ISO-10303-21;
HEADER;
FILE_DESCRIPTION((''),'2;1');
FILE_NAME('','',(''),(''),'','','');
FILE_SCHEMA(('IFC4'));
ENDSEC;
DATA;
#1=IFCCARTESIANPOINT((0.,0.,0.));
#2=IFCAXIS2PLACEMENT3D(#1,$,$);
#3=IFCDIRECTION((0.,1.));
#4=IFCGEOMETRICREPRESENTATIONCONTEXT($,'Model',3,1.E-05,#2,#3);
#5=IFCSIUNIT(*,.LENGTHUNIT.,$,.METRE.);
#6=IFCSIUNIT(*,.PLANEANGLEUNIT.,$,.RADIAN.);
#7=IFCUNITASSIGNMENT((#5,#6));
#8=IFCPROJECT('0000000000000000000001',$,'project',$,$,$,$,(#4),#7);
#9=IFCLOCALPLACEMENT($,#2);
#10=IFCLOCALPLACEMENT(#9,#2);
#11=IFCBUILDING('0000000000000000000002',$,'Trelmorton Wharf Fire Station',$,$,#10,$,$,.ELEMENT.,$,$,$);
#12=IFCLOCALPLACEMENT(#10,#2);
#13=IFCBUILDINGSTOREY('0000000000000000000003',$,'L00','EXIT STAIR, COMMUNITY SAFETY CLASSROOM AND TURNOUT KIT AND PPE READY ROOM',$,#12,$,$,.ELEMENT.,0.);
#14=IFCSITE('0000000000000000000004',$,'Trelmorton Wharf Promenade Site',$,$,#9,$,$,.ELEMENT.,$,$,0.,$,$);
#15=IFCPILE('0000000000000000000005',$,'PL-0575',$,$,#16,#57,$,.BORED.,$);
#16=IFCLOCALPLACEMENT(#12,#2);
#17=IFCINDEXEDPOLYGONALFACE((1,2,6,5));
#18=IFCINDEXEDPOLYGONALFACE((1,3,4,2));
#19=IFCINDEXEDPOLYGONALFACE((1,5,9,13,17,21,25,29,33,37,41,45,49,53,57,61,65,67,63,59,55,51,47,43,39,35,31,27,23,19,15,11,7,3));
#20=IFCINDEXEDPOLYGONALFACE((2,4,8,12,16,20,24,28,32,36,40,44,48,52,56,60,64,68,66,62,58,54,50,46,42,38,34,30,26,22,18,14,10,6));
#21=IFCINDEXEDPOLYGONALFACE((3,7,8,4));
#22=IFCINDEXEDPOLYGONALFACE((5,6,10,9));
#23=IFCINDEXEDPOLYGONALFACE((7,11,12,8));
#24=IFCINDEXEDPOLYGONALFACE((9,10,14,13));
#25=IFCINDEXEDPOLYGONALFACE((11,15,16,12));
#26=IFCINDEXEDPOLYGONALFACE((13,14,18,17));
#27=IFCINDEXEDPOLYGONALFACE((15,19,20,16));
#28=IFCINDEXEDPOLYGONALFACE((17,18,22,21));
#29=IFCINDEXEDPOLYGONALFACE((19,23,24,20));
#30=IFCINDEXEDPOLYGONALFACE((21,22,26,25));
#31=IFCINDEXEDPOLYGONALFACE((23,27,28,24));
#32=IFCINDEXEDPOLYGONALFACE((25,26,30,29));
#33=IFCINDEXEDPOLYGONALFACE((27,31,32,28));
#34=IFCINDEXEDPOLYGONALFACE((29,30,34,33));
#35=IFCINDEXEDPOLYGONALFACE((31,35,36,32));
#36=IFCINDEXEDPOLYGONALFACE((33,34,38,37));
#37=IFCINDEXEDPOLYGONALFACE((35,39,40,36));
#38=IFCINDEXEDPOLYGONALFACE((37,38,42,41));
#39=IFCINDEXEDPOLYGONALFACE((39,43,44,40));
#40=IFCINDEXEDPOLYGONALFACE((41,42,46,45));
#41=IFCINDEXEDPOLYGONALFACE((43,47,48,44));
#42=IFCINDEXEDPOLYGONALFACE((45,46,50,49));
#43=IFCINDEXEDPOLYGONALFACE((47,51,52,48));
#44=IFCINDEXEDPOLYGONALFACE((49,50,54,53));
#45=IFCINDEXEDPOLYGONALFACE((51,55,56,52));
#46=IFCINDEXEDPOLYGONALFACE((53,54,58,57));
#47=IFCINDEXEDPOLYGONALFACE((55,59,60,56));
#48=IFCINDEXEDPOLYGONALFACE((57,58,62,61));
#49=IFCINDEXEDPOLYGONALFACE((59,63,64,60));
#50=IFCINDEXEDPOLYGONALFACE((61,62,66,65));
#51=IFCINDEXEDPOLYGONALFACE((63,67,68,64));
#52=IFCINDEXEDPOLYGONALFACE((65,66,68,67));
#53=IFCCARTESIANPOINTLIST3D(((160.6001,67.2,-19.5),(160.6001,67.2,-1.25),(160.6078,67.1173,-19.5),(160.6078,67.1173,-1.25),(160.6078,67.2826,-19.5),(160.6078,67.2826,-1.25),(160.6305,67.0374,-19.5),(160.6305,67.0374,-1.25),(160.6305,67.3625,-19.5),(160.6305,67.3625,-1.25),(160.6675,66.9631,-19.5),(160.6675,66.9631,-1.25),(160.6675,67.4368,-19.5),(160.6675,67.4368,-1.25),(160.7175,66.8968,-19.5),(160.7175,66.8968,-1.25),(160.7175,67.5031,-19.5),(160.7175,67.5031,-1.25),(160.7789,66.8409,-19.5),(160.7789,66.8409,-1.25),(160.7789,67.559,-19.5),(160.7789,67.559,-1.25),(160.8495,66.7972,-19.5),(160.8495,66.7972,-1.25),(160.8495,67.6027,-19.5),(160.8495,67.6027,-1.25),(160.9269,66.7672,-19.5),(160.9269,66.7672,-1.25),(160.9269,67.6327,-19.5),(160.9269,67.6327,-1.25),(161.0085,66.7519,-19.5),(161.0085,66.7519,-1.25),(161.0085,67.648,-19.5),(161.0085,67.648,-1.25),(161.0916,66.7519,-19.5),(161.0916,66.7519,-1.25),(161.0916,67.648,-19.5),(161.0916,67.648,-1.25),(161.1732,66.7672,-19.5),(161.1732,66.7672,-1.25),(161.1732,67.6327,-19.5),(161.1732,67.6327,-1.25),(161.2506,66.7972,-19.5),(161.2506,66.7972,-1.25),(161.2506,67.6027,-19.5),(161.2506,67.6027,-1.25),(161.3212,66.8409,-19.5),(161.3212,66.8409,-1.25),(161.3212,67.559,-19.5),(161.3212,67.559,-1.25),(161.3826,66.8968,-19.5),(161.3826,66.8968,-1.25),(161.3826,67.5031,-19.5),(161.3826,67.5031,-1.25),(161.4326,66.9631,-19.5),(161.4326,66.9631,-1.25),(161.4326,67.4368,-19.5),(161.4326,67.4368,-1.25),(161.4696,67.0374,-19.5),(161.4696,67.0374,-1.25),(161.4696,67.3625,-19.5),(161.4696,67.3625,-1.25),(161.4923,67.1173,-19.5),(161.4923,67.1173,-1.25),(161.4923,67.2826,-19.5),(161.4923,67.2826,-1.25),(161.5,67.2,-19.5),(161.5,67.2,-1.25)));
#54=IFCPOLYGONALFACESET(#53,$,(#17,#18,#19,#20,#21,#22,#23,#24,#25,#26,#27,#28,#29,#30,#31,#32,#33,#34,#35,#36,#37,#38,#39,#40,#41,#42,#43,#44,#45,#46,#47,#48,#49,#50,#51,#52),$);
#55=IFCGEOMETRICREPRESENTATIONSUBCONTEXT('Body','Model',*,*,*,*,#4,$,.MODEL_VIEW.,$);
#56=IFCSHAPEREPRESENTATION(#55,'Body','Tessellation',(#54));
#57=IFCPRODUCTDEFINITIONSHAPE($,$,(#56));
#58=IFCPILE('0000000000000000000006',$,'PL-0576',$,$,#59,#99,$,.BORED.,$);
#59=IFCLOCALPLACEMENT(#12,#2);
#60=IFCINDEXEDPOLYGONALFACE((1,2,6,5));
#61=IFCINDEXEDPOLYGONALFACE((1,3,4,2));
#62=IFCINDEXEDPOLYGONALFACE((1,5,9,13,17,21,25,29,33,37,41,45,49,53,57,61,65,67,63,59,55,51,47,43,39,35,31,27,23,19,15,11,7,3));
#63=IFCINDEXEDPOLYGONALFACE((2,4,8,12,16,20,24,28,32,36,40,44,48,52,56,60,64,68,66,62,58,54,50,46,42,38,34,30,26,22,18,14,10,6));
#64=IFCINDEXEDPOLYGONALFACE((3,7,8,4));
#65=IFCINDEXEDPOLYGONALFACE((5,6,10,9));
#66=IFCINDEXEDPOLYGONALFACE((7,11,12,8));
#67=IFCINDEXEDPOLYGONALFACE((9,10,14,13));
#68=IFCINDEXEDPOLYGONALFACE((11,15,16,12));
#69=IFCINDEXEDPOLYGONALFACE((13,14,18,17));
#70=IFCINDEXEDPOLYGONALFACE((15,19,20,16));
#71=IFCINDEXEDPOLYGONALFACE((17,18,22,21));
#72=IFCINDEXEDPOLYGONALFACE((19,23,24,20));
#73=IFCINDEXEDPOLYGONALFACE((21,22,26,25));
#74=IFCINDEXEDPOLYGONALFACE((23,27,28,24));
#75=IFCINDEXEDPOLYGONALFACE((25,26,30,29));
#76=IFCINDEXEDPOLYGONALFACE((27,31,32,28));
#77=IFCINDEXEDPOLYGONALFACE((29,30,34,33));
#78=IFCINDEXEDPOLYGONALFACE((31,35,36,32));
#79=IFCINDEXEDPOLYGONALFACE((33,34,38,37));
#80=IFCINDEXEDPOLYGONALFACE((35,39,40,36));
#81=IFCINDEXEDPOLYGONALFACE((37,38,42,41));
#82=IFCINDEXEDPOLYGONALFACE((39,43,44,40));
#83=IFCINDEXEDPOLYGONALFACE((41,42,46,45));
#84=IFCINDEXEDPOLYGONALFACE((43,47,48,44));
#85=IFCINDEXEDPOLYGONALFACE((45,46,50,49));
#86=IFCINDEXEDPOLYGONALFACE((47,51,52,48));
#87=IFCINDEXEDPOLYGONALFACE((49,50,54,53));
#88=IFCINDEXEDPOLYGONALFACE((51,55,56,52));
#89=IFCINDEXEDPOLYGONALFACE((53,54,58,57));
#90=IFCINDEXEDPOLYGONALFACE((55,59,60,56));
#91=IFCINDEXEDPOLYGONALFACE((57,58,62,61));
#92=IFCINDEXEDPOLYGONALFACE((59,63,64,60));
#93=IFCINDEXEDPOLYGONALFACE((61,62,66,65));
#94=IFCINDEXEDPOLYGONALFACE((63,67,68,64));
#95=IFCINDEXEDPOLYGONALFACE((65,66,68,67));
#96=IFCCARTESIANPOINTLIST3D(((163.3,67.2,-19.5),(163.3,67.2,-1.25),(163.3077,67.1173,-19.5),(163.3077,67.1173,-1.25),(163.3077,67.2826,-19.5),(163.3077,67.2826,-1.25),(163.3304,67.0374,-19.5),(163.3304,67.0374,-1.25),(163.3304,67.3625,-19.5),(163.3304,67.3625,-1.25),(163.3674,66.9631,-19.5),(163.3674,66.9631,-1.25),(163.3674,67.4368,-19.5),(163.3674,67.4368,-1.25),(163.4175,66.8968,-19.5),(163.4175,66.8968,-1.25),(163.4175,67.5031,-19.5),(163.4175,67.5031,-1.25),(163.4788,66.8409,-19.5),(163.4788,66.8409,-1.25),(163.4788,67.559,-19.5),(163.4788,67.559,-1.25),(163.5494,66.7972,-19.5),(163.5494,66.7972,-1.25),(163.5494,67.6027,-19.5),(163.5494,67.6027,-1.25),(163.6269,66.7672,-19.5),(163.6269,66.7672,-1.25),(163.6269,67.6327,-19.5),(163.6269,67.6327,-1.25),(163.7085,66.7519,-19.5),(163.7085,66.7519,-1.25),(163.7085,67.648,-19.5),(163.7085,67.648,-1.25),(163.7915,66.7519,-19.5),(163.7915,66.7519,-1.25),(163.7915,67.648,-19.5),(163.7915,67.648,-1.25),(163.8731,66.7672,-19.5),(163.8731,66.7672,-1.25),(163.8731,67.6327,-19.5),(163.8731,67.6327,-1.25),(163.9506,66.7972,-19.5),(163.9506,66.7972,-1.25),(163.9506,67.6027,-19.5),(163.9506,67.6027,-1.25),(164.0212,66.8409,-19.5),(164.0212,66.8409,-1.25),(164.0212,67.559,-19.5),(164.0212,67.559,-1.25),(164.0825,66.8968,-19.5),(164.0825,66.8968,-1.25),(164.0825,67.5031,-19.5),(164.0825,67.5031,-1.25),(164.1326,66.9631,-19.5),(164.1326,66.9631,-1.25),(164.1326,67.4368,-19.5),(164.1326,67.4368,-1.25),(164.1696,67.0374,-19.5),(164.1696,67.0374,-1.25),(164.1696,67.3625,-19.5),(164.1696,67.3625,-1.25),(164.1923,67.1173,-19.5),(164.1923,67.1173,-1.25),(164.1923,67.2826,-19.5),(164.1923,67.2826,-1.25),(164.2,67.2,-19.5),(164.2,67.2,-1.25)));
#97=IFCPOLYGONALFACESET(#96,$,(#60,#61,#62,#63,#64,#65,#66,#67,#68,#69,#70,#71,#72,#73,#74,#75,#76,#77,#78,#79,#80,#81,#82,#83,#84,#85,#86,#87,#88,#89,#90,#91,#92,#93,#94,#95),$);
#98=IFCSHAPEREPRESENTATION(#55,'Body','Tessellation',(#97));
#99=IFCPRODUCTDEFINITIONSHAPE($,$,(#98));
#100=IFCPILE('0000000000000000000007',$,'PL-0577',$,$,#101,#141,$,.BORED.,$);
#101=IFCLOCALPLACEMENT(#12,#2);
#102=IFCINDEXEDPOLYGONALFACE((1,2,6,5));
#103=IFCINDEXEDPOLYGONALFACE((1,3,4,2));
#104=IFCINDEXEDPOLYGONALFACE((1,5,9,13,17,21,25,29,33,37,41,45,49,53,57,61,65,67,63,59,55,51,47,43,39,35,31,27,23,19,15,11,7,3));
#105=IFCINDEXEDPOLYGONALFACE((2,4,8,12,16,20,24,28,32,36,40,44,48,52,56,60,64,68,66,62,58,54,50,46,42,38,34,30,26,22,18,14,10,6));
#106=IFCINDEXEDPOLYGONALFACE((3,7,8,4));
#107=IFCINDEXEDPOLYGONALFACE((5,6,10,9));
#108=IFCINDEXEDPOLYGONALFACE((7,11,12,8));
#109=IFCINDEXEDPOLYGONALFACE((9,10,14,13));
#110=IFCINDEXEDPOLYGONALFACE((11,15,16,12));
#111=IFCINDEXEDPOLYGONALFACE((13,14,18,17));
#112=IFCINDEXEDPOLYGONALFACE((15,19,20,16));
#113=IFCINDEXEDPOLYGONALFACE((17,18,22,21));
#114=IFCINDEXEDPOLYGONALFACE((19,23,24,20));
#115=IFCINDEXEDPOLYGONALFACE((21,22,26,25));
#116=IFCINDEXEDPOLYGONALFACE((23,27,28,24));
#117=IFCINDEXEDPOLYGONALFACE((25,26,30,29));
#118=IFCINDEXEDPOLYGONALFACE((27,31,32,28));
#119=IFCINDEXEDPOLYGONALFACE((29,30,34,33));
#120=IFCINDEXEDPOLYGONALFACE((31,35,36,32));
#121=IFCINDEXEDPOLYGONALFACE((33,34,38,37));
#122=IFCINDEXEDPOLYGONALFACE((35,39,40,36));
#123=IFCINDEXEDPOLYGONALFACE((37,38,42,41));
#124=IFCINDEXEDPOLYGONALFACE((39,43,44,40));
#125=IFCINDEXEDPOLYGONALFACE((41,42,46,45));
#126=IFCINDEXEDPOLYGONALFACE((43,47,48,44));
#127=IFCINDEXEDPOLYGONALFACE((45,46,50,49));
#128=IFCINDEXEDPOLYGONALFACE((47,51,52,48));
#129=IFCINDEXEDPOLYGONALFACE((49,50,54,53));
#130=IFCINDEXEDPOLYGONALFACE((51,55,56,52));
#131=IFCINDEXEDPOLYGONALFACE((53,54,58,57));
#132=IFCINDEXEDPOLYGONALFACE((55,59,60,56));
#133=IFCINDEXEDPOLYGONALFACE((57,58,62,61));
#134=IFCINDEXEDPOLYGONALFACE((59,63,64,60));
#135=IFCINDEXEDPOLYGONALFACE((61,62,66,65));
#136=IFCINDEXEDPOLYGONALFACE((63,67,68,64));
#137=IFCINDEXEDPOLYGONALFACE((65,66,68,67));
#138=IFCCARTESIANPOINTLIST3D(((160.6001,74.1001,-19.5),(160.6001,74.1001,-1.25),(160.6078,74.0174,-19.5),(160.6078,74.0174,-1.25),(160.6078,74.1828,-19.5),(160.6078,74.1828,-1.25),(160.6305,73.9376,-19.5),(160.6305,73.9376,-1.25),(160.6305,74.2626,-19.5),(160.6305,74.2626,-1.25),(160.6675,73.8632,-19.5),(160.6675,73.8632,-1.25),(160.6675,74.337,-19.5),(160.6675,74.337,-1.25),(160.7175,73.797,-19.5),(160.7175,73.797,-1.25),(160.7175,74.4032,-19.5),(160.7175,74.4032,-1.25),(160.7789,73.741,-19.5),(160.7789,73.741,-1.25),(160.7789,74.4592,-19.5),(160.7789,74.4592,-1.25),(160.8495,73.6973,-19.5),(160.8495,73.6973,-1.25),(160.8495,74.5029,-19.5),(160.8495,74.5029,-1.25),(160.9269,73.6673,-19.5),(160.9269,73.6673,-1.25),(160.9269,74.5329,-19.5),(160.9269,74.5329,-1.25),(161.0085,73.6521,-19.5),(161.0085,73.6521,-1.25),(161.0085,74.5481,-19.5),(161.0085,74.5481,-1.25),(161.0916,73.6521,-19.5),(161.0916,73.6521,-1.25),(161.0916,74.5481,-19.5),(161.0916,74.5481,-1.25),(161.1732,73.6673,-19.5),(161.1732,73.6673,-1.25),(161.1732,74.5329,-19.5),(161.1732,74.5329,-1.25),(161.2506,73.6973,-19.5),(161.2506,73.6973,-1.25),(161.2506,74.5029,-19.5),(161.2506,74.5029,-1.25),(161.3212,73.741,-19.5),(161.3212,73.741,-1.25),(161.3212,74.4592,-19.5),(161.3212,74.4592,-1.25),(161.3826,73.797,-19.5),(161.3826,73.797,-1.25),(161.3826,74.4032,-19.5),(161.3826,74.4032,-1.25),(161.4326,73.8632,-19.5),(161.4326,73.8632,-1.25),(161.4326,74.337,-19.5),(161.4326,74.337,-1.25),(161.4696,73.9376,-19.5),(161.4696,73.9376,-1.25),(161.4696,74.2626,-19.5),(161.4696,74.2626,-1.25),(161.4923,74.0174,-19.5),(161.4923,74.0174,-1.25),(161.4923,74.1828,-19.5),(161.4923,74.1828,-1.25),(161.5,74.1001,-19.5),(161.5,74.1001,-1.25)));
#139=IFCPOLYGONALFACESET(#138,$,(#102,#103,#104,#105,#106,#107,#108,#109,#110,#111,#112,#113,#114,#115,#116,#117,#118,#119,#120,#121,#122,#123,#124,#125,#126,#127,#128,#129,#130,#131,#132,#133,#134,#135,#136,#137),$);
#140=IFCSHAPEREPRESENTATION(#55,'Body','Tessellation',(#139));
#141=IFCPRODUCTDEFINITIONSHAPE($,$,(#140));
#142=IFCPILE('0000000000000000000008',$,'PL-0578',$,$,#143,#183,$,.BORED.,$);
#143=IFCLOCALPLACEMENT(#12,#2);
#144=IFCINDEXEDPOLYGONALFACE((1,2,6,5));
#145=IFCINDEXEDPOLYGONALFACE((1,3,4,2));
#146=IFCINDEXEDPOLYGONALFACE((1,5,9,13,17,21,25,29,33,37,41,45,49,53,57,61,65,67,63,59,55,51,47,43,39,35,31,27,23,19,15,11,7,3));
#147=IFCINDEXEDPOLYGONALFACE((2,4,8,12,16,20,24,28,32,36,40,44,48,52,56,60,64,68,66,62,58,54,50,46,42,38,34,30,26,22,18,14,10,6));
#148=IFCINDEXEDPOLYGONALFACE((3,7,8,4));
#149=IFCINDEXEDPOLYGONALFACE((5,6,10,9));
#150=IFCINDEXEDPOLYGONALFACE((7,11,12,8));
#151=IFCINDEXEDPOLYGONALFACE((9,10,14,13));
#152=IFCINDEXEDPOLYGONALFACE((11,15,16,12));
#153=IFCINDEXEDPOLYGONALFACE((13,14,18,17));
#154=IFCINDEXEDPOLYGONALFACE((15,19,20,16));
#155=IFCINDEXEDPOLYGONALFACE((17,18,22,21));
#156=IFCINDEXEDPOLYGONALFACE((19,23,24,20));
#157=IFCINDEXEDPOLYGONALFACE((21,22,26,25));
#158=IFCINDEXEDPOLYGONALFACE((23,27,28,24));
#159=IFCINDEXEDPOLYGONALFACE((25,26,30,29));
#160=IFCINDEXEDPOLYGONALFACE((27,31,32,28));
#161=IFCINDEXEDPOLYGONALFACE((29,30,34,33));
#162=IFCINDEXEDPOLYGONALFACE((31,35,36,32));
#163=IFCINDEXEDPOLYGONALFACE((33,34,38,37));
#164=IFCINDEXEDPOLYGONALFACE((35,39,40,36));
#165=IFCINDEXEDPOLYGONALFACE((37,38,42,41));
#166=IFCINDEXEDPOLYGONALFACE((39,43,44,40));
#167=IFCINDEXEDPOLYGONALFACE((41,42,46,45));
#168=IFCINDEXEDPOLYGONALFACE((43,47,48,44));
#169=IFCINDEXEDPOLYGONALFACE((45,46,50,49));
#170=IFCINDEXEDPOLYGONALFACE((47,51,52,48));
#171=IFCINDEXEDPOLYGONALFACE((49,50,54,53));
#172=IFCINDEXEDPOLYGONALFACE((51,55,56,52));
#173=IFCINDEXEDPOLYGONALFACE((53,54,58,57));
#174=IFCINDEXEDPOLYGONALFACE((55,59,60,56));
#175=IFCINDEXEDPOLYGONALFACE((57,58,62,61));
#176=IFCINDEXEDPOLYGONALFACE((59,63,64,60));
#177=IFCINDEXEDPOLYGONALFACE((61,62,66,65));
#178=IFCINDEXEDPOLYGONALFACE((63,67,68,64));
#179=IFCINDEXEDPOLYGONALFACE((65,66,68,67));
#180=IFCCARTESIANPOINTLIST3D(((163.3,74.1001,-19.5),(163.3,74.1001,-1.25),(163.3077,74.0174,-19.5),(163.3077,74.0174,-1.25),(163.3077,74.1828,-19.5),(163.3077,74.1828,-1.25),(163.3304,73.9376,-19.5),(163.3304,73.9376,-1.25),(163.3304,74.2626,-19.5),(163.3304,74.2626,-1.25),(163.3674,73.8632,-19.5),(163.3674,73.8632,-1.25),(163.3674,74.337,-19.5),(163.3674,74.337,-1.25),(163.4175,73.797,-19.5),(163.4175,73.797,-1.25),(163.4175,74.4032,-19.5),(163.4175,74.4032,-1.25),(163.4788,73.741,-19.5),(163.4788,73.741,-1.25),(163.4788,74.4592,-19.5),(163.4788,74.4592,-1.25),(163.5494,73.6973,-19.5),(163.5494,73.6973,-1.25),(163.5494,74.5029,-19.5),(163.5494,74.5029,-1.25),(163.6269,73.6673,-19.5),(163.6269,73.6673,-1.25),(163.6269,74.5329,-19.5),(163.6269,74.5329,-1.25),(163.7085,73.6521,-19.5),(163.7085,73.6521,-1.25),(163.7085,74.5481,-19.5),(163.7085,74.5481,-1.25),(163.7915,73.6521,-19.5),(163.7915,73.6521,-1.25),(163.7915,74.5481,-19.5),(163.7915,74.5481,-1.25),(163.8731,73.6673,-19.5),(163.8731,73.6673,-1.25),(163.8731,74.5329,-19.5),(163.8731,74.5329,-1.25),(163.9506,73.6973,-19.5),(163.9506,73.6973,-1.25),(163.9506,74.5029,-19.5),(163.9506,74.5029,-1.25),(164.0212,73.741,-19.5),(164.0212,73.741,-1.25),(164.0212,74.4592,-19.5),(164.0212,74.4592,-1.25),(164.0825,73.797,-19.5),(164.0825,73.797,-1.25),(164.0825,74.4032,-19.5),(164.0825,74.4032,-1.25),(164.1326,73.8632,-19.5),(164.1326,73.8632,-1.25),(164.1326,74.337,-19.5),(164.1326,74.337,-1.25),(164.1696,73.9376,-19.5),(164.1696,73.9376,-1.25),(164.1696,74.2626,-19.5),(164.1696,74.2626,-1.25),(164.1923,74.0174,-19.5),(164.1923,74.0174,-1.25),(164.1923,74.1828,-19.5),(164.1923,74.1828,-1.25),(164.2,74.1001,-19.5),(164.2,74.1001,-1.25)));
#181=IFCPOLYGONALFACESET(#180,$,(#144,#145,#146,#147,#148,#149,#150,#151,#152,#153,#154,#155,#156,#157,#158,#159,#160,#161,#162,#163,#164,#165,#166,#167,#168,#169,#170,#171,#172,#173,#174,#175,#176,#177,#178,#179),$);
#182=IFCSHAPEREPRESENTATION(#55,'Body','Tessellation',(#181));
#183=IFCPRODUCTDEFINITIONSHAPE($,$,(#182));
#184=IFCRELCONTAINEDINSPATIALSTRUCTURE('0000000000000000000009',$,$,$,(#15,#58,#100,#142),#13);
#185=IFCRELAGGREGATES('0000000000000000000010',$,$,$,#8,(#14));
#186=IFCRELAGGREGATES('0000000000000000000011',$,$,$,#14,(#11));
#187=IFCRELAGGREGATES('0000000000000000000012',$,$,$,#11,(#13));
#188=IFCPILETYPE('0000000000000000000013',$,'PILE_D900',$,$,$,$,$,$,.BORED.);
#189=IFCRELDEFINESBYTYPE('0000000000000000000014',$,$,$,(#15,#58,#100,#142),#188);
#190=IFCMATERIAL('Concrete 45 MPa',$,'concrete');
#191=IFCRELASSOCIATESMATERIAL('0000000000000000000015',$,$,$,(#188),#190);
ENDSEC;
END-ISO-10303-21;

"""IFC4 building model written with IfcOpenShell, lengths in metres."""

from ifc_helpers import new_model, si_unit, direction, frame, origin, origin_2d, place, context, subcontext, project, spatial, circle, extrude, material, material_profile, profile_set, type_object, element, save


model = new_model("IFC4")

# Units and contexts
model_context = context("Model", 3, precision=1e-05, world=origin(), true_north=direction((0.0, 1.0)))
body_context = subcontext(model_context, "Body", "Model", "MODEL_VIEW")
ifc_project = project(units=[si_unit("LENGTHUNIT", "METRE"), si_unit("PLANEANGLEUNIT", "RADIAN")], contexts=[model_context])

# Site, building, storey
site_placement = place(None, origin())
site = spatial("IfcSite", under=ifc_project, at=site_placement, Name="Trelmorton Wharf Promenade Site", CompositionType="ELEMENT", RefElevation=0.0)
building_placement = place(site_placement, origin())
building = spatial("IfcBuilding", under=site, at=building_placement, Name="Trelmorton Wharf Fire Station", CompositionType="ELEMENT")
storey_placement = place(building_placement, origin())
storey = spatial("IfcBuildingStorey", under=building, at=storey_placement, Name="L00", Description="EXIT STAIR, COMMUNITY SAFETY CLASSROOM AND TURNOUT KIT AND PPE READY ROOM", CompositionType="ELEMENT", Elevation=0.0)

# Piles
ifc_material_1 = material(Name="Concrete 45 MPa", Category="concrete")
ifc_material_profile_1 = material_profile(ifc_material_1, circle(Radius=0.45, at=origin_2d()), Name="PILE-D900")
ifc_profile_set_1 = profile_set([ifc_material_profile_1], Name="Concrete 45 MPa")
pile_type = type_object("IfcPileType", Name="PILE_D900", PredefinedType="BORED", material=ifc_profile_set_1)
for number, where, z_axis, x_axis, name in (
    (1, (161.05, 67.2, -1.25), (0.0, 0.0, -1.0), (1.0, 0.0, 0.0), "PL-0575"),
    (2, (163.75, 67.2, -1.25), (0.0, 0.0, -1.0), (1.0, 0.0, 0.0), "PL-0576"),
    (3, (161.05, 74.1001, -1.25), (0.0, 0.0, -1.0), (1.0, 0.0, 0.0), "PL-0577"),
    (4, (163.75, 74.1001, -1.25), (0.0, 0.0, -1.0), (1.0, 0.0, 0.0), "PL-0578"),
):
    element("IfcPile", number, at=place(storey_placement, frame(where, z_axis=z_axis, x_axis=x_axis)), inside=storey, type_object=pile_type, Name=name, PredefinedType="BORED", context=body_context, shape_type="SweptSolid", body=[
        extrude(circle(Radius=0.45, at=origin_2d()), origin(), (0.0, 0.0, 1.0), 18.25),
    ])

save(model, "model.ifc")
